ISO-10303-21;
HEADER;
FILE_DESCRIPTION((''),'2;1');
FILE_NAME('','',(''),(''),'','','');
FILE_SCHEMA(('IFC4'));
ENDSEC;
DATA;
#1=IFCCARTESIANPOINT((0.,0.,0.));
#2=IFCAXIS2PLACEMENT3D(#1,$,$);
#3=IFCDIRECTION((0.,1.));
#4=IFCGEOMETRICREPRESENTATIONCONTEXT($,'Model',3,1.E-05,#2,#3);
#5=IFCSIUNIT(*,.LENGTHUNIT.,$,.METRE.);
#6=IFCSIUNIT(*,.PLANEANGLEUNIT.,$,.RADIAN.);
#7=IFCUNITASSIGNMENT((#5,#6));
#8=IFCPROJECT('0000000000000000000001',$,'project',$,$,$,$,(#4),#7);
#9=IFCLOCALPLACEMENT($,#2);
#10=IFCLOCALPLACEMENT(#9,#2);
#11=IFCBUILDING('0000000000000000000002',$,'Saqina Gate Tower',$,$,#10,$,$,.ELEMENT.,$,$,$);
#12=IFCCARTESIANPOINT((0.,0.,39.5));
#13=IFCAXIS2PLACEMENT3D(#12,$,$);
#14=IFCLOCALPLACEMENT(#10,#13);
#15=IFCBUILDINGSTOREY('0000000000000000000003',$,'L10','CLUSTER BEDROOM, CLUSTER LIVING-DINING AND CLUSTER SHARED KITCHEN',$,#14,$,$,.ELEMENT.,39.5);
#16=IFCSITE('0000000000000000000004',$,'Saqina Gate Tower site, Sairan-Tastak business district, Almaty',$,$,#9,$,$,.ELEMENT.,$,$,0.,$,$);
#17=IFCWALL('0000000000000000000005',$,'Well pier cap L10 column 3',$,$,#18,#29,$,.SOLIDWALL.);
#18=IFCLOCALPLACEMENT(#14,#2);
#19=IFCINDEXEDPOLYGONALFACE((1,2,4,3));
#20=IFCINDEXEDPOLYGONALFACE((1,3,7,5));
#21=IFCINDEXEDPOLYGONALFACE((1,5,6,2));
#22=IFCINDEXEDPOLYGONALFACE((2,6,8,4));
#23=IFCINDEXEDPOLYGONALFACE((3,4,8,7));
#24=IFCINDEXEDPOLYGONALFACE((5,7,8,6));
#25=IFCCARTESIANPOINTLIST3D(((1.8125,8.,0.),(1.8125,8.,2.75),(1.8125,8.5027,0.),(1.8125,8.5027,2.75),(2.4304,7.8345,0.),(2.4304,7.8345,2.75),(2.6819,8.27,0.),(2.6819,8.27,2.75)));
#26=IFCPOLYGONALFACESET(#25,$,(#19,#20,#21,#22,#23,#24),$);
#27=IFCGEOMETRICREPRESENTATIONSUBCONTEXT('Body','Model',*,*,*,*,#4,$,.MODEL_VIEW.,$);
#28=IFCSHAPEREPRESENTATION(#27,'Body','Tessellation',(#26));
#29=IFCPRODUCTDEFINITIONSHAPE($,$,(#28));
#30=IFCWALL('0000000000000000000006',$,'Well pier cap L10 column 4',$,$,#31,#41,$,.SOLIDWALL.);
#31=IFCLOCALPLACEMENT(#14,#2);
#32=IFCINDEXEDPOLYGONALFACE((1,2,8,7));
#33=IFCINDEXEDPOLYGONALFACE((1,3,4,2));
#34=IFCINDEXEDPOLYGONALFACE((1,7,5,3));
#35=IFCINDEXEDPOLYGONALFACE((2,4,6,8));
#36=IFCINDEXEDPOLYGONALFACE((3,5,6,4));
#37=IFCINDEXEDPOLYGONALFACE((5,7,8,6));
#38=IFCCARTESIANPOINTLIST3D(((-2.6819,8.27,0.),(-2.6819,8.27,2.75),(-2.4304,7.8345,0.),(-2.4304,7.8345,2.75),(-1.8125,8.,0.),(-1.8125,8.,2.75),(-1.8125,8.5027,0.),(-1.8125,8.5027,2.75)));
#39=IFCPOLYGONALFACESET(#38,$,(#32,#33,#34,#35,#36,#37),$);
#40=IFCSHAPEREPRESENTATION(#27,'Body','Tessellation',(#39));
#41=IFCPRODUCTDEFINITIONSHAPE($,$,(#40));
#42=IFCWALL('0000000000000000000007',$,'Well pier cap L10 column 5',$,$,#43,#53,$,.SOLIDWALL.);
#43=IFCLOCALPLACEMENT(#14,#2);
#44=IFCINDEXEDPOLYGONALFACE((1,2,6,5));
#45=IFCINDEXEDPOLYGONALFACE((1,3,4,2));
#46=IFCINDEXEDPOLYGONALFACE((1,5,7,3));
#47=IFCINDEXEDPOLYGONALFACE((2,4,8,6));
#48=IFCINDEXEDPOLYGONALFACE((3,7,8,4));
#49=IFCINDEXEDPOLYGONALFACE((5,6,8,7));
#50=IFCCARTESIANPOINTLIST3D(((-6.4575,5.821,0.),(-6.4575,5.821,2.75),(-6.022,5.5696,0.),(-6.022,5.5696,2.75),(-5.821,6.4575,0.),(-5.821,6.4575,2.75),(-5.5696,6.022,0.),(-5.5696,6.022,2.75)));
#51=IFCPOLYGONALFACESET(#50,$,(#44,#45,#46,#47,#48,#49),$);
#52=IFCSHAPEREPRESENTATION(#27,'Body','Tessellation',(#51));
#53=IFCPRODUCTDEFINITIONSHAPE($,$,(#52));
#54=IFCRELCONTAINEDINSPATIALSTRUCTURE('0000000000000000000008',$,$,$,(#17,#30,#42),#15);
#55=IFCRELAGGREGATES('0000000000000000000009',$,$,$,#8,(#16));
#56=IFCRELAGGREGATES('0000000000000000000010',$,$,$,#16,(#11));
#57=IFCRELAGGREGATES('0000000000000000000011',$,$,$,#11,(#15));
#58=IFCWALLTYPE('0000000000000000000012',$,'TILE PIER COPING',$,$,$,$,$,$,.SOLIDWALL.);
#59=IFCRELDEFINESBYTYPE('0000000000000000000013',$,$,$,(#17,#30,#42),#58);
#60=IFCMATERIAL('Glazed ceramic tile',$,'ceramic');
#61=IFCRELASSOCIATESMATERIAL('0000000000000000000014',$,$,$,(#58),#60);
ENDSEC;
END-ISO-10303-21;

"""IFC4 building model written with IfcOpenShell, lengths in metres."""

from ifc_helpers import new_model, si_unit, direction, frame, origin, place, context, subcontext, project, spatial, polyline, outline, extrude, material, type_object, element, save


model = new_model("IFC4")

# Units and contexts
model_context = context("Model", 3, precision=1e-05, world=origin(), true_north=direction((0.0, 1.0)))
body_context = subcontext(model_context, "Body", "Model", "MODEL_VIEW")
ifc_project = project(units=[si_unit("LENGTHUNIT", "METRE"), si_unit("PLANEANGLEUNIT", "RADIAN")], contexts=[model_context])

# Site, building, storey
site_placement = place(None, origin())
site = spatial("IfcSite", under=ifc_project, at=site_placement, Name="Saqina Gate Tower site, Sairan-Tastak business district, Almaty", CompositionType="ELEMENT", RefElevation=0.0)
building_placement = place(site_placement, origin())
building = spatial("IfcBuilding", under=site, at=building_placement, Name="Saqina Gate Tower", CompositionType="ELEMENT")
storey_placement = place(building_placement, frame((0.0, 0.0, 39.5)))
storey = spatial("IfcBuildingStorey", under=building, at=storey_placement, Name="L10", Description="CLUSTER BEDROOM, CLUSTER LIVING-DINING AND CLUSTER SHARED KITCHEN", CompositionType="ELEMENT", Elevation=39.5)

# Walls
ifc_material_1 = material(Name="Glazed ceramic tile", Category="ceramic")
wall_type_1 = type_object("IfcWallType", Name="TILE PIER COPING", PredefinedType="SOLIDWALL", material=ifc_material_1)
wall_1_placement = place(storey_placement, origin())
element("IfcWall", 1, at=wall_1_placement, inside=storey, type_object=wall_type_1, Name="Well pier cap L10 column 3", PredefinedType="SOLIDWALL", context=body_context, shape_type="SweptSolid", body=[
    extrude(outline(polyline([(1.8125, 8.5027), (1.8125, 8.0), (2.4304, 7.8345), (2.6819, 8.27), (1.8125, 8.5027)])), origin(), (0.0, 0.0, 1.0), 2.75),
])
wall_2_placement = place(storey_placement, origin())
element("IfcWall", 2, at=wall_2_placement, inside=storey, type_object=wall_type_1, Name="Well pier cap L10 column 4", PredefinedType="SOLIDWALL", context=body_context, shape_type="SweptSolid", body=[
    extrude(outline(polyline([(-2.6819, 8.27), (-2.4304, 7.8345), (-1.8125, 8.0), (-1.8125, 8.5027), (-2.6819, 8.27)])), origin(), (0.0, 0.0, 1.0), 2.75),
])
wall_3_placement = place(storey_placement, origin())
element("IfcWall", 3, at=wall_3_placement, inside=storey, type_object=wall_type_1, Name="Well pier cap L10 column 5", PredefinedType="SOLIDWALL", context=body_context, shape_type="SweptSolid", body=[
    extrude(outline(polyline([(-6.4575, 5.821), (-6.022, 5.5696), (-5.5696, 6.022), (-5.821, 6.4575), (-6.4575, 5.821)])), origin(), (0.0, 0.0, 1.0), 2.75),
])

save(model, "model.ifc")
